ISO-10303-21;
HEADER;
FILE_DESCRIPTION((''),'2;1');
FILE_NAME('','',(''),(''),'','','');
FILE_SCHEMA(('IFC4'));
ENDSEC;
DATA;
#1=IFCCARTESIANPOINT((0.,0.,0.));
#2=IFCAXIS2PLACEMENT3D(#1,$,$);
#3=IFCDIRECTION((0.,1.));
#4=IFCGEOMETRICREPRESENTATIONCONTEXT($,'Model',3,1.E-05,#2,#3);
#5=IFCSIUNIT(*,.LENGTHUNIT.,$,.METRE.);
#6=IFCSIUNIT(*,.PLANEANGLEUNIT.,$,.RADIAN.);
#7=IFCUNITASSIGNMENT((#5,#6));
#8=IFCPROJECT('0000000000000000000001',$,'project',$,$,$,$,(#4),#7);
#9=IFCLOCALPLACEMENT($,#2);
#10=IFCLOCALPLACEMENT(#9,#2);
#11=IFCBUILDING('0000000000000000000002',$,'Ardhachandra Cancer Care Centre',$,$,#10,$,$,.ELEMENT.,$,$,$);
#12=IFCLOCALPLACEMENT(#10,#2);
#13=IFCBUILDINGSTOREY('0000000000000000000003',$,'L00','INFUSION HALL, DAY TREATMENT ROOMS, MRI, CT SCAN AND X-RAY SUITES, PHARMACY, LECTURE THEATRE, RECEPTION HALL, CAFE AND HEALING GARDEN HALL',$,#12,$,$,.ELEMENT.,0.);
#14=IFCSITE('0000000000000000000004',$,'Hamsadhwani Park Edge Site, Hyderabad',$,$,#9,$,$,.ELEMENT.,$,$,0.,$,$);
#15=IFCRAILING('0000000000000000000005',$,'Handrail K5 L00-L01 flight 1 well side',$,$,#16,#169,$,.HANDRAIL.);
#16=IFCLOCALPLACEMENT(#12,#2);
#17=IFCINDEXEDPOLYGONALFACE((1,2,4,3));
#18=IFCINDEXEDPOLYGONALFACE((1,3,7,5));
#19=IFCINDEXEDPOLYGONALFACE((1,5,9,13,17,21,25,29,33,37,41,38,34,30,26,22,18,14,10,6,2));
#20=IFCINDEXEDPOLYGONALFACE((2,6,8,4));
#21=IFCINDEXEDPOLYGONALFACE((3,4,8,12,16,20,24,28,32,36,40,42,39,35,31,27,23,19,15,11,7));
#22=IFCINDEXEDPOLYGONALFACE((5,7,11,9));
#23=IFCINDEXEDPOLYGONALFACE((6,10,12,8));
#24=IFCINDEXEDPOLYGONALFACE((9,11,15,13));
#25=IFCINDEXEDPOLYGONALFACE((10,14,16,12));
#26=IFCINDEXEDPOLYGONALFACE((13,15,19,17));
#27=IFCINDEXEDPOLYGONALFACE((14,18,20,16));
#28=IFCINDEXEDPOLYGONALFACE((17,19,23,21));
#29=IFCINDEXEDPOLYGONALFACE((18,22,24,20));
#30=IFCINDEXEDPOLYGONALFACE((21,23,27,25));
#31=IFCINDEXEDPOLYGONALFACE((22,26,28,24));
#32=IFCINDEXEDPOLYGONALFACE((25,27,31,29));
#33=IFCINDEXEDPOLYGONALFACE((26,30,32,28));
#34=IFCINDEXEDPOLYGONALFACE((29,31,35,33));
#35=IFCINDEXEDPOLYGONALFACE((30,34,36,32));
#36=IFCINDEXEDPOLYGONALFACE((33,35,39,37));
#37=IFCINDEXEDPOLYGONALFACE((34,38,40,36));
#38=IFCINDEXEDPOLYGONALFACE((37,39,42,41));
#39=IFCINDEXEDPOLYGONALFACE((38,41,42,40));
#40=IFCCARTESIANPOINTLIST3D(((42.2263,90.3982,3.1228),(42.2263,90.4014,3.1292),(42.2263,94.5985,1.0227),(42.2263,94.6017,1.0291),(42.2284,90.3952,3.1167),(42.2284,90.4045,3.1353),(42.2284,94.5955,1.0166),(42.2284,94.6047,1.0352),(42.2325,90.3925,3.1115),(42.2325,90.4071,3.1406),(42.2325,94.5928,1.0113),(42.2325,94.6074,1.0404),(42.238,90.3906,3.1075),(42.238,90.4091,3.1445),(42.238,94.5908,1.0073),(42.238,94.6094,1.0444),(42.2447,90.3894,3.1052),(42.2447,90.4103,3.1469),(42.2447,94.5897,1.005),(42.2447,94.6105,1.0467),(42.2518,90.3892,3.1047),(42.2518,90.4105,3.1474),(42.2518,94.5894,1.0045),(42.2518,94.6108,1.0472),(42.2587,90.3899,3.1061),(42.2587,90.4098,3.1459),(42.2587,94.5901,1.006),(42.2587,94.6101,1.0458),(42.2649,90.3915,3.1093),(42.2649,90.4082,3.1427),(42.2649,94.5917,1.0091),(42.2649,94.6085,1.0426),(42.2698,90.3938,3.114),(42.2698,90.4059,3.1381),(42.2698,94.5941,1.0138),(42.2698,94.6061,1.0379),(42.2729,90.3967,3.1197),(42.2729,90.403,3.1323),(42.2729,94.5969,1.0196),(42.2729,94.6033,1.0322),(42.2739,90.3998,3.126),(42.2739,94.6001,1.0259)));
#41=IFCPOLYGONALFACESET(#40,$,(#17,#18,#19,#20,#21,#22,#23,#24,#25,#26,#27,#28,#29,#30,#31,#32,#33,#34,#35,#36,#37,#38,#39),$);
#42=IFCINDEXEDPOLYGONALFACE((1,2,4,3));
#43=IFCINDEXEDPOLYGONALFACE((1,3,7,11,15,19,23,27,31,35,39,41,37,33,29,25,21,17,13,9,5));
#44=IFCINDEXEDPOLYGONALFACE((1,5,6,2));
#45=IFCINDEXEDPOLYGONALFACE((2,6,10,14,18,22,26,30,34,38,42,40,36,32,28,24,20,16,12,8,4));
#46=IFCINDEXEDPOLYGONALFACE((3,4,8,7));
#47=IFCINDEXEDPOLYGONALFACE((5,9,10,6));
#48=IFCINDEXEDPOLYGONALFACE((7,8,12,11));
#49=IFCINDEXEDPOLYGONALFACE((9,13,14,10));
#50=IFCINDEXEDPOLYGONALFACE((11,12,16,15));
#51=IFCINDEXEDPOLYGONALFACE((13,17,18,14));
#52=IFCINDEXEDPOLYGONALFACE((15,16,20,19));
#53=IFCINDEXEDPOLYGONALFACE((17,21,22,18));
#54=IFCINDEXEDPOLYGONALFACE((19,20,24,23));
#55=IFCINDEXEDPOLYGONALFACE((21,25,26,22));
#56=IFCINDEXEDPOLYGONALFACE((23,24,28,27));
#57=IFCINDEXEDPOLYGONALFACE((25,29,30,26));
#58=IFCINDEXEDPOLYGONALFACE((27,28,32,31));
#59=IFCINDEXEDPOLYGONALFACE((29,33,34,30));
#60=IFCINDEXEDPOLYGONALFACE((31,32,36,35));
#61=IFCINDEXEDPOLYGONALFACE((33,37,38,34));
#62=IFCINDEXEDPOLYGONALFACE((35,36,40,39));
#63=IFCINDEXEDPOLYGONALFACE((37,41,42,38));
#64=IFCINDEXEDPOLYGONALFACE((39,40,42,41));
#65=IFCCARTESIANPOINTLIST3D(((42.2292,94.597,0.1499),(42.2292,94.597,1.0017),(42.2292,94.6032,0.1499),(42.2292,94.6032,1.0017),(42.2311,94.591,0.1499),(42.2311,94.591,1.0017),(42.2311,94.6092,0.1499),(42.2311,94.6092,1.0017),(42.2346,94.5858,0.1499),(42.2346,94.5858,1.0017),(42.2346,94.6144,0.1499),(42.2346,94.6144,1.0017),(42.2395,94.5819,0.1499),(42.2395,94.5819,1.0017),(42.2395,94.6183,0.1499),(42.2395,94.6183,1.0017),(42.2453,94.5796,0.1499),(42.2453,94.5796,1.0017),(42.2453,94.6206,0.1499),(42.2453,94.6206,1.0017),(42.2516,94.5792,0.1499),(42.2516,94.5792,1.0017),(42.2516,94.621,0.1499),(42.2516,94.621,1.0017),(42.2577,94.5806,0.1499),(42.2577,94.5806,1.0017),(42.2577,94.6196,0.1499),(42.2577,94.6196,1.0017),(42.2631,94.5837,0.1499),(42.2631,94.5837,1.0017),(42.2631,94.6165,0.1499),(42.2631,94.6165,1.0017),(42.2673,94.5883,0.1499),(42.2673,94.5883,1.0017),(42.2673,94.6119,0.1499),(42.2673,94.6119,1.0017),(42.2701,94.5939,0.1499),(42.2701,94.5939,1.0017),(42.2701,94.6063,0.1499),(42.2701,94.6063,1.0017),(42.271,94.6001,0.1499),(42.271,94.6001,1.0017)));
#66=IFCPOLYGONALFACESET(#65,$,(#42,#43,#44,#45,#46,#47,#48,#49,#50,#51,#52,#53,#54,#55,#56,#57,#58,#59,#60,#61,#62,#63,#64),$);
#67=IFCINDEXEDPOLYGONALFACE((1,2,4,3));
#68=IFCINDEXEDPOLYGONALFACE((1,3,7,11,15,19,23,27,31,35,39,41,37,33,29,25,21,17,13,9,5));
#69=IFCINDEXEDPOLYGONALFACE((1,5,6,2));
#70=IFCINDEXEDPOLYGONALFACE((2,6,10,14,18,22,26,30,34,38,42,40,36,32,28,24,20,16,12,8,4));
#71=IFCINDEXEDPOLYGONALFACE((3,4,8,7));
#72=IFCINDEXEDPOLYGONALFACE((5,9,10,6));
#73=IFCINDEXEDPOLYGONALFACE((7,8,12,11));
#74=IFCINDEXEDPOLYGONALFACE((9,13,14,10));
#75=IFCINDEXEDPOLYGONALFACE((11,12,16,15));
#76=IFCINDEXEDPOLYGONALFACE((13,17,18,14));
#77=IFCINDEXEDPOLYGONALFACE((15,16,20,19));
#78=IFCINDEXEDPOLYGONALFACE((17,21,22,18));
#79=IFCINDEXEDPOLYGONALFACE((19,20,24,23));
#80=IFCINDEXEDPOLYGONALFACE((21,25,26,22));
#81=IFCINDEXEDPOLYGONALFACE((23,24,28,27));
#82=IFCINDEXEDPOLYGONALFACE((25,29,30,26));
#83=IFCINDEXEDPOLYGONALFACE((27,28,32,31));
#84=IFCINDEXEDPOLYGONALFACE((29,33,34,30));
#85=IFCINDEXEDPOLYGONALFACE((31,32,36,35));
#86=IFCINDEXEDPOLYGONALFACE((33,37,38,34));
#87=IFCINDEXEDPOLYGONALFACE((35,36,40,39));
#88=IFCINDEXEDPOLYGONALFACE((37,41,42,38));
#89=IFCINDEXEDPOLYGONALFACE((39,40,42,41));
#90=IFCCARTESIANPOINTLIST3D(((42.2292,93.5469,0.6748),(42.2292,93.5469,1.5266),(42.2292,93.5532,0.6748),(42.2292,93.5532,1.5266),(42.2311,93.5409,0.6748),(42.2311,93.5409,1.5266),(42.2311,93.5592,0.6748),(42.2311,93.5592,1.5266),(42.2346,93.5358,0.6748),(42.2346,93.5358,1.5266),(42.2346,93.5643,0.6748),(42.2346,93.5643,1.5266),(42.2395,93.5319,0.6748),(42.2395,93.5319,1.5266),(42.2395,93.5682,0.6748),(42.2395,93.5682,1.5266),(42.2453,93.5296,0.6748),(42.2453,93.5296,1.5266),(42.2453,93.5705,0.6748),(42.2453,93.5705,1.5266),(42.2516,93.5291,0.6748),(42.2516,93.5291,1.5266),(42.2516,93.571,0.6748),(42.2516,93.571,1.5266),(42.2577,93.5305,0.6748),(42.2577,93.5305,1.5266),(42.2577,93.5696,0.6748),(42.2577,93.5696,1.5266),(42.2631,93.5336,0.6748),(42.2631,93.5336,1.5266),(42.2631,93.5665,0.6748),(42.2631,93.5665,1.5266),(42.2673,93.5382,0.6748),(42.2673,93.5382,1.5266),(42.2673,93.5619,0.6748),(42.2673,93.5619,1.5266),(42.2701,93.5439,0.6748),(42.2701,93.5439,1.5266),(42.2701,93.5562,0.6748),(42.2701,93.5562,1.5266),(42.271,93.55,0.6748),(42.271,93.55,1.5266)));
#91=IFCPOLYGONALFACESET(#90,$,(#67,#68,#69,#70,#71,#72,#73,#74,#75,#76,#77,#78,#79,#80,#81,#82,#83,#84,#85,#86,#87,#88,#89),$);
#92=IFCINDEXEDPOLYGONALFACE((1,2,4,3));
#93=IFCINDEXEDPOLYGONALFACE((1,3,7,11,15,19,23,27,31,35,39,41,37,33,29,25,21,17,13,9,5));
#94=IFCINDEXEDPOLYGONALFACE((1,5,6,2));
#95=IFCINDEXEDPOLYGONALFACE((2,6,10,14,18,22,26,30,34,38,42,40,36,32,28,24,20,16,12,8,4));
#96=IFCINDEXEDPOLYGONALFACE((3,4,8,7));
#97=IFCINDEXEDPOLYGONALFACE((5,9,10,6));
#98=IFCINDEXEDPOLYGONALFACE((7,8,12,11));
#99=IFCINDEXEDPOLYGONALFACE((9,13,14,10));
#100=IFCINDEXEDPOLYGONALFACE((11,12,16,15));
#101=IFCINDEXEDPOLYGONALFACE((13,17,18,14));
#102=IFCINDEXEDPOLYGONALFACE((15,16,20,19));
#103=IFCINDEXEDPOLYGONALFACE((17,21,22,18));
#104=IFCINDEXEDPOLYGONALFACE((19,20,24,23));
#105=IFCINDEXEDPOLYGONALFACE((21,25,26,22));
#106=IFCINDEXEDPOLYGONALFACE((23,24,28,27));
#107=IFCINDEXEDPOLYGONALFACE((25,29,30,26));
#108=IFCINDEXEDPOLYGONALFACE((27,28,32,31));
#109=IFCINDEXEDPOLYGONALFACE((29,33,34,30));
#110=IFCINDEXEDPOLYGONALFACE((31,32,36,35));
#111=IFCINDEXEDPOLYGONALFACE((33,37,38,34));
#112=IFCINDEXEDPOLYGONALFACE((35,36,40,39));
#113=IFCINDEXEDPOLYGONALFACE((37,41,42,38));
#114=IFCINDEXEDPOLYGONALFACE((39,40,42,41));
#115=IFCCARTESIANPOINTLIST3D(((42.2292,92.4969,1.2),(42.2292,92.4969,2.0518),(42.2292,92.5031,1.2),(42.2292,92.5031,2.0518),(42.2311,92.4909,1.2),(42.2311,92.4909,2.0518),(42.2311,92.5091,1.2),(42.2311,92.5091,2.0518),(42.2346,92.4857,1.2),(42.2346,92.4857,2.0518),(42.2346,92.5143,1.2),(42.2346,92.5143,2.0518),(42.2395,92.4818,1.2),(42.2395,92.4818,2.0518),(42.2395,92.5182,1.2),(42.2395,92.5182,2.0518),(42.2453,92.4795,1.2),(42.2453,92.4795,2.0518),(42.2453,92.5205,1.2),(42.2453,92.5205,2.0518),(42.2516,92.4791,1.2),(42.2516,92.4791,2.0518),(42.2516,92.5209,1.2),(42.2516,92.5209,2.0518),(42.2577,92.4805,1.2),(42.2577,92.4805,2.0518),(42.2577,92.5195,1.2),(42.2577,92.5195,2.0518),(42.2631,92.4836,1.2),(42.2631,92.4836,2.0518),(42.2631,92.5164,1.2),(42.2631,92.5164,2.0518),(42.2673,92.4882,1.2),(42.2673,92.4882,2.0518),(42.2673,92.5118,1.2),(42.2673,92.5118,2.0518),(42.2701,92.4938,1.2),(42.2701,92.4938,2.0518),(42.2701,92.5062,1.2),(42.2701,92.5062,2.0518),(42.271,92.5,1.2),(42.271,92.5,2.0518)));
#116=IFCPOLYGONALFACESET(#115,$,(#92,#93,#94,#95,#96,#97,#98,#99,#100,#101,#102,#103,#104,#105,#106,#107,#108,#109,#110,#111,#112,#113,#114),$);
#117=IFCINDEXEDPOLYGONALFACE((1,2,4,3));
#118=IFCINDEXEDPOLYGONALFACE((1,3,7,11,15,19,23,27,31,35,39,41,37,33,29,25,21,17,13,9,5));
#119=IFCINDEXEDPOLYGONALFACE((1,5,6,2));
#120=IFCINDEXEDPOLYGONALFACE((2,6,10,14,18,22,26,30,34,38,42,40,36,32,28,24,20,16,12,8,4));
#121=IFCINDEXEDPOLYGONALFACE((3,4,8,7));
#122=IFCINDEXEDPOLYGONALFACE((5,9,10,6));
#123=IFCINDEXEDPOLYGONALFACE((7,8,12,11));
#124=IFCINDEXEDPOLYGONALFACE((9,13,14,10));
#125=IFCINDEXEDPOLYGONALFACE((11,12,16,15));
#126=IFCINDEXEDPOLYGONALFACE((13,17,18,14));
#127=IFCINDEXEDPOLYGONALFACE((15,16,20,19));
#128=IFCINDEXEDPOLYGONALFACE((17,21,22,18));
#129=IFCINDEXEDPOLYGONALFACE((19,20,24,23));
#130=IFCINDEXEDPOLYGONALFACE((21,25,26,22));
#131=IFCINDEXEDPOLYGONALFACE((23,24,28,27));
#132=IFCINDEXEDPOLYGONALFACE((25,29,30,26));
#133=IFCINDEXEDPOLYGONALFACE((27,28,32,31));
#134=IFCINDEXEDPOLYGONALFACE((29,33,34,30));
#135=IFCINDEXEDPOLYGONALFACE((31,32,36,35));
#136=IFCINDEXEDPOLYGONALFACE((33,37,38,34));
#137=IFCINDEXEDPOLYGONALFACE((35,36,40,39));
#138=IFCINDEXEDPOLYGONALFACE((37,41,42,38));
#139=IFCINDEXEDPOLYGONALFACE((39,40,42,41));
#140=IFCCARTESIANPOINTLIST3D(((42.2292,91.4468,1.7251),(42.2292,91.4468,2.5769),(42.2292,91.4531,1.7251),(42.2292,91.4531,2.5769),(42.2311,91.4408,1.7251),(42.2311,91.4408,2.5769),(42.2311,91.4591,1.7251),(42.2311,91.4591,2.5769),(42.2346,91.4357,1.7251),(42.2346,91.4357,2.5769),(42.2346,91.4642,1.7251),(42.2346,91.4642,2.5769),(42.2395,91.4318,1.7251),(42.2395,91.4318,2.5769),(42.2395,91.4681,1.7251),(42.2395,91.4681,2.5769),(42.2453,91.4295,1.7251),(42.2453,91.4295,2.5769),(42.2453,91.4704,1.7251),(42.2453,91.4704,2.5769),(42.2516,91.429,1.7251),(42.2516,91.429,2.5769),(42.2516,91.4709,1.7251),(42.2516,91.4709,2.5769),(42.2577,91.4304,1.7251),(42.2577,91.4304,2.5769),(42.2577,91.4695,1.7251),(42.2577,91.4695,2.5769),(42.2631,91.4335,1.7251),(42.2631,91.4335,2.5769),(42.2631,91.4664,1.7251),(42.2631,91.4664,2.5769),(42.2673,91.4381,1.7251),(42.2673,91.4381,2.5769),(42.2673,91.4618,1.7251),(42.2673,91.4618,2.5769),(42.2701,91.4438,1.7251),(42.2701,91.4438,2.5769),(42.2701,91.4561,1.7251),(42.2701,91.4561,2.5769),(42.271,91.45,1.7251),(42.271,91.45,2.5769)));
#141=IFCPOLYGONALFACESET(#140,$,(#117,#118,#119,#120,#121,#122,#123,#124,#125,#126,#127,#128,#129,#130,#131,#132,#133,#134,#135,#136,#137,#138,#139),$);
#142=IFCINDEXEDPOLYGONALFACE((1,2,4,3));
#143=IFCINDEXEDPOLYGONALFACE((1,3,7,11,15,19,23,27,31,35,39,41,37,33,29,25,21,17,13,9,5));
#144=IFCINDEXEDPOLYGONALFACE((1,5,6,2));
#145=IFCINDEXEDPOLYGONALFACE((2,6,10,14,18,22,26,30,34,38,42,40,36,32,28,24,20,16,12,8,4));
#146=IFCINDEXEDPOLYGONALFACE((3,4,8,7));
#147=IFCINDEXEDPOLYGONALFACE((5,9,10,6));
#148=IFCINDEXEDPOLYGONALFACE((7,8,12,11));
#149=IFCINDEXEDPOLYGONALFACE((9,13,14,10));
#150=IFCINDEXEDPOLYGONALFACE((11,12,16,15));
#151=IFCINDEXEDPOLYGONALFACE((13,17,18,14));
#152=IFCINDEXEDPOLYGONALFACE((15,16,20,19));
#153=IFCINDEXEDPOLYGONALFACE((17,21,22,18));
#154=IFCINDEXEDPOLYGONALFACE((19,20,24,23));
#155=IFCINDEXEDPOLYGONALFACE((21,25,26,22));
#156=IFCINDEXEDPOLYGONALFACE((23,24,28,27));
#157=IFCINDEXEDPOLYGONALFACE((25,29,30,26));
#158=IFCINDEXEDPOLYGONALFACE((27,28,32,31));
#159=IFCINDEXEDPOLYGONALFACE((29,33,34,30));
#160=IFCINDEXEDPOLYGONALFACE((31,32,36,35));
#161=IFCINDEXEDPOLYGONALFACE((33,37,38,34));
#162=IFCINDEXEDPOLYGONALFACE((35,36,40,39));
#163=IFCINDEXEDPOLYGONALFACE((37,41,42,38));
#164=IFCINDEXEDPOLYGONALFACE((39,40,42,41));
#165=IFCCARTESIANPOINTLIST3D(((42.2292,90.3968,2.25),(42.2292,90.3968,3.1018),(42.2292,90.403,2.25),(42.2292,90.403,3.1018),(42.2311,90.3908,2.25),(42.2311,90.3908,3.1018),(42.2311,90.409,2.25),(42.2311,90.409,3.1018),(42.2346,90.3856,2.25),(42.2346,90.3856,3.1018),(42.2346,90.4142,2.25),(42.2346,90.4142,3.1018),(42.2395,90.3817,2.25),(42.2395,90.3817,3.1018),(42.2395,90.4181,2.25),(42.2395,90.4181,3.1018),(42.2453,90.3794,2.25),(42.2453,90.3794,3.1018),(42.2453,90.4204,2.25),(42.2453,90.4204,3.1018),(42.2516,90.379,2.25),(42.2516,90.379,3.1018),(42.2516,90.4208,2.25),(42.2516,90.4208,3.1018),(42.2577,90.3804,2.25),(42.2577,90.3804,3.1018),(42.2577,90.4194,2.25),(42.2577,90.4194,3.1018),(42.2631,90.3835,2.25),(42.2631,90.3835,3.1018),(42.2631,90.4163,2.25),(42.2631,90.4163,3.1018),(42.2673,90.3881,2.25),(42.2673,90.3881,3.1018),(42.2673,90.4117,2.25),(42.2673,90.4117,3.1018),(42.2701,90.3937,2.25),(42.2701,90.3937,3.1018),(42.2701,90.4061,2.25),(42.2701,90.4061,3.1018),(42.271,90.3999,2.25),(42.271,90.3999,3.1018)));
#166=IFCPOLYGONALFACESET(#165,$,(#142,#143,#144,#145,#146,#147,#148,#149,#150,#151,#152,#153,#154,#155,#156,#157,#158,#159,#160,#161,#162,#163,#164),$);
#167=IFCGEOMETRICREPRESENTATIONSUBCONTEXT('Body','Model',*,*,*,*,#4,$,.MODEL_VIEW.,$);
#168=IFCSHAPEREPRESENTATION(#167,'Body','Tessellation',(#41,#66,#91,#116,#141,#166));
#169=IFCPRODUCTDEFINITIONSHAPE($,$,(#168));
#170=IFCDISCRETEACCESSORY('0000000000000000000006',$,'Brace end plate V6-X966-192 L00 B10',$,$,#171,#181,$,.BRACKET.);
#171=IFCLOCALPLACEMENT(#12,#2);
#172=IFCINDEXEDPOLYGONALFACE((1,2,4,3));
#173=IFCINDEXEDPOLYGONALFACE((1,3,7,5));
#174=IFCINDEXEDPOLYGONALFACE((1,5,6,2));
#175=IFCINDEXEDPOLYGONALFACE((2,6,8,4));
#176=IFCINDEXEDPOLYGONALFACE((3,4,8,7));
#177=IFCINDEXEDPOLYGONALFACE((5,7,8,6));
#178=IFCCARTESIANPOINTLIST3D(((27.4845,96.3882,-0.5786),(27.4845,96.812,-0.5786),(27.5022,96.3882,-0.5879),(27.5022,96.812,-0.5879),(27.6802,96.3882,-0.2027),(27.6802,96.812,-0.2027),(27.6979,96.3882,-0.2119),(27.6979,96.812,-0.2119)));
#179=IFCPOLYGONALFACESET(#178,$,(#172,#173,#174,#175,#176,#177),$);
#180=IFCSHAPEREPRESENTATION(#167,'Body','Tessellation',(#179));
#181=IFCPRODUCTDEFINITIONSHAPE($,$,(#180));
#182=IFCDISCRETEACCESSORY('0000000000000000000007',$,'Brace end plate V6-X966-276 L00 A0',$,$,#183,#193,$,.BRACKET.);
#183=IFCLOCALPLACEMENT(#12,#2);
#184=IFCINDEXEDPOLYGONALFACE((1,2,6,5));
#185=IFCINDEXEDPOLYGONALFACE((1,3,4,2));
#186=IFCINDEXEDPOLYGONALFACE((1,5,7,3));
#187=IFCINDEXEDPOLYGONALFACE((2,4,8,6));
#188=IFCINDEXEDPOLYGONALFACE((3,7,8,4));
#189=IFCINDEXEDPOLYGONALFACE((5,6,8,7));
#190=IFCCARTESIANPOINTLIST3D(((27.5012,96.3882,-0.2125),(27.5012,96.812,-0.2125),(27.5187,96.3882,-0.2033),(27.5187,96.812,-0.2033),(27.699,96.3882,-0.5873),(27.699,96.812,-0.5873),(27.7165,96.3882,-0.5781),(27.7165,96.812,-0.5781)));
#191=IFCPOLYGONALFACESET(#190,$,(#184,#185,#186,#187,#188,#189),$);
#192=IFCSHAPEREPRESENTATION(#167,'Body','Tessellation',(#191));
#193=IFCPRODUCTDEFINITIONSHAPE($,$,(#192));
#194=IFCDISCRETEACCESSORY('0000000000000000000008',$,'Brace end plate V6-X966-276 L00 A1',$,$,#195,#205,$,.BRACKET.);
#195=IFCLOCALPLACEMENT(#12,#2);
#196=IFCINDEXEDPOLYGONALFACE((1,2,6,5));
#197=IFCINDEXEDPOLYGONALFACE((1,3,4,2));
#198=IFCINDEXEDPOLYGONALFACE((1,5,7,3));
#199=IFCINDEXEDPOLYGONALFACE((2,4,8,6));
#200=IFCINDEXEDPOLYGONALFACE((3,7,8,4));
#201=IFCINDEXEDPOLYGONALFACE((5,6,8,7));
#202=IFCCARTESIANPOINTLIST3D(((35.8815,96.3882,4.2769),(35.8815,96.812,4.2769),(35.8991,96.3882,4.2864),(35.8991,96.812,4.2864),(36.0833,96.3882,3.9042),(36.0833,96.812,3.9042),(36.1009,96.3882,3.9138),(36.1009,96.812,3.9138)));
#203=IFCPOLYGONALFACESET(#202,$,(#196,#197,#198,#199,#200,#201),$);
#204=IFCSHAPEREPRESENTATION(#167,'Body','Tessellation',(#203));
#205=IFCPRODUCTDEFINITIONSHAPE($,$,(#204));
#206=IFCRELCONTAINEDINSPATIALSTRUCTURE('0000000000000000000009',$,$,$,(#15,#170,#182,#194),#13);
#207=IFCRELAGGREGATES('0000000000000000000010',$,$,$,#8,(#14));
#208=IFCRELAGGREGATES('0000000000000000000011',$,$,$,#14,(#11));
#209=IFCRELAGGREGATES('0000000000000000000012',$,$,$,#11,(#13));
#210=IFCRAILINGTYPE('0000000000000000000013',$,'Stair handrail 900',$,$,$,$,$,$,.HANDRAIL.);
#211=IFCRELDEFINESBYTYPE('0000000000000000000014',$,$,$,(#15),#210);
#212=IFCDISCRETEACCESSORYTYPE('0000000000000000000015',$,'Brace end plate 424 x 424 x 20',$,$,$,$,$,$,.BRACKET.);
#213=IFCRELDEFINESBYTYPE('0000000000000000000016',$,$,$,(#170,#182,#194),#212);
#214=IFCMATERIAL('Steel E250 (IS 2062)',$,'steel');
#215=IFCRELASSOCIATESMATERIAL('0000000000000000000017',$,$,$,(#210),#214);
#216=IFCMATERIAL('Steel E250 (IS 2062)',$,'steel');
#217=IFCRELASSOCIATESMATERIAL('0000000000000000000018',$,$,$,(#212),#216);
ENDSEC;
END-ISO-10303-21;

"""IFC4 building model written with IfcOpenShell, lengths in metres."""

from ifc_helpers import new_model, si_unit, direction, frame, origin, origin_2d, place, context, subcontext, project, spatial, rectangle, circle, extrude, material, material_profile, profile_set, type_object, element, save


model = new_model("IFC4")

# Units and contexts
model_context = context("Model", 3, precision=1e-05, world=origin(), true_north=direction((0.0, 1.0)))
body_context = subcontext(model_context, "Body", "Model", "MODEL_VIEW")
ifc_project = project(units=[si_unit("LENGTHUNIT", "METRE"), si_unit("PLANEANGLEUNIT", "RADIAN")], contexts=[model_context])

# Site, building, storey
site_placement = place(None, origin())
site = spatial("IfcSite", under=ifc_project, at=site_placement, Name="Hamsadhwani Park Edge Site, Hyderabad", CompositionType="ELEMENT", RefElevation=0.0)
building_placement = place(site_placement, origin())
building = spatial("IfcBuilding", under=site, at=building_placement, Name="Ardhachandra Cancer Care Centre", CompositionType="ELEMENT")
storey_placement = place(building_placement, origin())
storey = spatial("IfcBuildingStorey", under=building, at=storey_placement, Name="L00", Description="INFUSION HALL, DAY TREATMENT ROOMS, MRI, CT SCAN AND X-RAY SUITES, PHARMACY, LECTURE THEATRE, RECEPTION HALL, CAFE AND HEALING GARDEN HALL", CompositionType="ELEMENT", Elevation=0.0)

# Railing
ifc_material_1 = material(Name="Steel E250 (IS 2062)", Category="steel")
railing_type_1 = type_object("IfcRailingType", Name="Stair handrail 900", PredefinedType="HANDRAIL", material=ifc_material_1)
for number, where, name in (
    (1, (42.25, 94.6001, 0.1499), "Handrail K5 L00-L01 flight 1 well side"),
):
    element("IfcRailing", number, at=place(storey_placement, frame(where)), inside=storey, type_object=railing_type_1, Name=name, PredefinedType="HANDRAIL", context=body_context, shape_type="SweptSolid", body=[
        extrude(circle(Radius=0.0239, at=origin_2d()), frame((0.0, 0.0, 0.876), z_axis=(0.0, -0.894427, 0.447214), x_axis=(1.0, 0.0, 0.0)), (0.0, 0.0, 1.0), 4.696),
        extrude(circle(Radius=0.021, at=origin_2d()), origin(), (0.0, 0.0, 1.0), 0.8518),
        extrude(circle(Radius=0.021, at=origin_2d()), frame((0.0, -1.05, 0.5249)), (0.0, 0.0, 1.0), 0.8518),
        extrude(circle(Radius=0.021, at=origin_2d()), frame((0.0, -2.1001, 1.05)), (0.0, 0.0, 1.0), 0.8518),
        extrude(circle(Radius=0.021, at=origin_2d()), frame((0.0, -3.1501, 1.5752)), (0.0, 0.0, 1.0), 0.8518),
        extrude(circle(Radius=0.021, at=origin_2d()), frame((0.0, -4.2002, 2.1001)), (0.0, 0.0, 1.0), 0.8518),
    ])

# Discrete accessories
ifc_material_2 = material(Name="Steel E250 (IS 2062)", Category="steel")
ifc_material_profile_1 = material_profile(ifc_material_2, rectangle(XDim=0.4238, YDim=0.4238, at=origin_2d()), Name="PL 424x424x20")
ifc_profile_set_1 = profile_set([ifc_material_profile_1], Name="Steel E250 (IS 2062)")
discrete_accessory_type_1 = type_object("IfcDiscreteAccessoryType", Name="Brace end plate 424 x 424 x 20", PredefinedType="BRACKET", material=ifc_profile_set_1)
discrete_accessory_1_placement = place(storey_placement, frame((27.6001, 96.6001, -0.3999), z_axis=(-0.887018, 0.0, 0.461735), x_axis=(0.0, -1.0, 0.0)))
element("IfcDiscreteAccessory", 2, at=discrete_accessory_1_placement, inside=storey, type_object=discrete_accessory_type_1, Name="Brace end plate V6-X966-192 L00 B10", PredefinedType="BRACKET", context=body_context, shape_type="SweptSolid", body=[
    extrude(rectangle(XDim=0.4238, YDim=0.4238, at=origin_2d()), origin(), (0.0, 0.0, 1.0), 0.02),
])
discrete_accessory_2_placement = place(storey_placement, frame((27.6001, 96.6001, -0.3999), z_axis=(0.884385, 0.0, 0.466759), x_axis=(0.0, 1.0, 0.0)))
element("IfcDiscreteAccessory", 3, at=discrete_accessory_2_placement, inside=storey, type_object=discrete_accessory_type_1, Name="Brace end plate V6-X966-276 L00 A0", PredefinedType="BRACKET", context=body_context, shape_type="SweptSolid", body=[
    extrude(rectangle(XDim=0.4238, YDim=0.4238, at=origin_2d()), origin(), (0.0, 0.0, 1.0), 0.0198),
])
discrete_accessory_3_placement = place(storey_placement, frame((36.0, 96.6001, 4.1001), z_axis=(-0.879292, 0.0, -0.476283), x_axis=(0.0, -1.0, 0.0)))
element("IfcDiscreteAccessory", 4, at=discrete_accessory_3_placement, inside=storey, type_object=discrete_accessory_type_1, Name="Brace end plate V6-X966-276 L00 A1", PredefinedType="BRACKET", context=body_context, shape_type="SweptSolid", body=[
    extrude(rectangle(XDim=0.4238, YDim=0.4238, at=origin_2d()), origin(), (0.0, 0.0, 1.0), 0.02),
])

save(model, "model.ifc")
